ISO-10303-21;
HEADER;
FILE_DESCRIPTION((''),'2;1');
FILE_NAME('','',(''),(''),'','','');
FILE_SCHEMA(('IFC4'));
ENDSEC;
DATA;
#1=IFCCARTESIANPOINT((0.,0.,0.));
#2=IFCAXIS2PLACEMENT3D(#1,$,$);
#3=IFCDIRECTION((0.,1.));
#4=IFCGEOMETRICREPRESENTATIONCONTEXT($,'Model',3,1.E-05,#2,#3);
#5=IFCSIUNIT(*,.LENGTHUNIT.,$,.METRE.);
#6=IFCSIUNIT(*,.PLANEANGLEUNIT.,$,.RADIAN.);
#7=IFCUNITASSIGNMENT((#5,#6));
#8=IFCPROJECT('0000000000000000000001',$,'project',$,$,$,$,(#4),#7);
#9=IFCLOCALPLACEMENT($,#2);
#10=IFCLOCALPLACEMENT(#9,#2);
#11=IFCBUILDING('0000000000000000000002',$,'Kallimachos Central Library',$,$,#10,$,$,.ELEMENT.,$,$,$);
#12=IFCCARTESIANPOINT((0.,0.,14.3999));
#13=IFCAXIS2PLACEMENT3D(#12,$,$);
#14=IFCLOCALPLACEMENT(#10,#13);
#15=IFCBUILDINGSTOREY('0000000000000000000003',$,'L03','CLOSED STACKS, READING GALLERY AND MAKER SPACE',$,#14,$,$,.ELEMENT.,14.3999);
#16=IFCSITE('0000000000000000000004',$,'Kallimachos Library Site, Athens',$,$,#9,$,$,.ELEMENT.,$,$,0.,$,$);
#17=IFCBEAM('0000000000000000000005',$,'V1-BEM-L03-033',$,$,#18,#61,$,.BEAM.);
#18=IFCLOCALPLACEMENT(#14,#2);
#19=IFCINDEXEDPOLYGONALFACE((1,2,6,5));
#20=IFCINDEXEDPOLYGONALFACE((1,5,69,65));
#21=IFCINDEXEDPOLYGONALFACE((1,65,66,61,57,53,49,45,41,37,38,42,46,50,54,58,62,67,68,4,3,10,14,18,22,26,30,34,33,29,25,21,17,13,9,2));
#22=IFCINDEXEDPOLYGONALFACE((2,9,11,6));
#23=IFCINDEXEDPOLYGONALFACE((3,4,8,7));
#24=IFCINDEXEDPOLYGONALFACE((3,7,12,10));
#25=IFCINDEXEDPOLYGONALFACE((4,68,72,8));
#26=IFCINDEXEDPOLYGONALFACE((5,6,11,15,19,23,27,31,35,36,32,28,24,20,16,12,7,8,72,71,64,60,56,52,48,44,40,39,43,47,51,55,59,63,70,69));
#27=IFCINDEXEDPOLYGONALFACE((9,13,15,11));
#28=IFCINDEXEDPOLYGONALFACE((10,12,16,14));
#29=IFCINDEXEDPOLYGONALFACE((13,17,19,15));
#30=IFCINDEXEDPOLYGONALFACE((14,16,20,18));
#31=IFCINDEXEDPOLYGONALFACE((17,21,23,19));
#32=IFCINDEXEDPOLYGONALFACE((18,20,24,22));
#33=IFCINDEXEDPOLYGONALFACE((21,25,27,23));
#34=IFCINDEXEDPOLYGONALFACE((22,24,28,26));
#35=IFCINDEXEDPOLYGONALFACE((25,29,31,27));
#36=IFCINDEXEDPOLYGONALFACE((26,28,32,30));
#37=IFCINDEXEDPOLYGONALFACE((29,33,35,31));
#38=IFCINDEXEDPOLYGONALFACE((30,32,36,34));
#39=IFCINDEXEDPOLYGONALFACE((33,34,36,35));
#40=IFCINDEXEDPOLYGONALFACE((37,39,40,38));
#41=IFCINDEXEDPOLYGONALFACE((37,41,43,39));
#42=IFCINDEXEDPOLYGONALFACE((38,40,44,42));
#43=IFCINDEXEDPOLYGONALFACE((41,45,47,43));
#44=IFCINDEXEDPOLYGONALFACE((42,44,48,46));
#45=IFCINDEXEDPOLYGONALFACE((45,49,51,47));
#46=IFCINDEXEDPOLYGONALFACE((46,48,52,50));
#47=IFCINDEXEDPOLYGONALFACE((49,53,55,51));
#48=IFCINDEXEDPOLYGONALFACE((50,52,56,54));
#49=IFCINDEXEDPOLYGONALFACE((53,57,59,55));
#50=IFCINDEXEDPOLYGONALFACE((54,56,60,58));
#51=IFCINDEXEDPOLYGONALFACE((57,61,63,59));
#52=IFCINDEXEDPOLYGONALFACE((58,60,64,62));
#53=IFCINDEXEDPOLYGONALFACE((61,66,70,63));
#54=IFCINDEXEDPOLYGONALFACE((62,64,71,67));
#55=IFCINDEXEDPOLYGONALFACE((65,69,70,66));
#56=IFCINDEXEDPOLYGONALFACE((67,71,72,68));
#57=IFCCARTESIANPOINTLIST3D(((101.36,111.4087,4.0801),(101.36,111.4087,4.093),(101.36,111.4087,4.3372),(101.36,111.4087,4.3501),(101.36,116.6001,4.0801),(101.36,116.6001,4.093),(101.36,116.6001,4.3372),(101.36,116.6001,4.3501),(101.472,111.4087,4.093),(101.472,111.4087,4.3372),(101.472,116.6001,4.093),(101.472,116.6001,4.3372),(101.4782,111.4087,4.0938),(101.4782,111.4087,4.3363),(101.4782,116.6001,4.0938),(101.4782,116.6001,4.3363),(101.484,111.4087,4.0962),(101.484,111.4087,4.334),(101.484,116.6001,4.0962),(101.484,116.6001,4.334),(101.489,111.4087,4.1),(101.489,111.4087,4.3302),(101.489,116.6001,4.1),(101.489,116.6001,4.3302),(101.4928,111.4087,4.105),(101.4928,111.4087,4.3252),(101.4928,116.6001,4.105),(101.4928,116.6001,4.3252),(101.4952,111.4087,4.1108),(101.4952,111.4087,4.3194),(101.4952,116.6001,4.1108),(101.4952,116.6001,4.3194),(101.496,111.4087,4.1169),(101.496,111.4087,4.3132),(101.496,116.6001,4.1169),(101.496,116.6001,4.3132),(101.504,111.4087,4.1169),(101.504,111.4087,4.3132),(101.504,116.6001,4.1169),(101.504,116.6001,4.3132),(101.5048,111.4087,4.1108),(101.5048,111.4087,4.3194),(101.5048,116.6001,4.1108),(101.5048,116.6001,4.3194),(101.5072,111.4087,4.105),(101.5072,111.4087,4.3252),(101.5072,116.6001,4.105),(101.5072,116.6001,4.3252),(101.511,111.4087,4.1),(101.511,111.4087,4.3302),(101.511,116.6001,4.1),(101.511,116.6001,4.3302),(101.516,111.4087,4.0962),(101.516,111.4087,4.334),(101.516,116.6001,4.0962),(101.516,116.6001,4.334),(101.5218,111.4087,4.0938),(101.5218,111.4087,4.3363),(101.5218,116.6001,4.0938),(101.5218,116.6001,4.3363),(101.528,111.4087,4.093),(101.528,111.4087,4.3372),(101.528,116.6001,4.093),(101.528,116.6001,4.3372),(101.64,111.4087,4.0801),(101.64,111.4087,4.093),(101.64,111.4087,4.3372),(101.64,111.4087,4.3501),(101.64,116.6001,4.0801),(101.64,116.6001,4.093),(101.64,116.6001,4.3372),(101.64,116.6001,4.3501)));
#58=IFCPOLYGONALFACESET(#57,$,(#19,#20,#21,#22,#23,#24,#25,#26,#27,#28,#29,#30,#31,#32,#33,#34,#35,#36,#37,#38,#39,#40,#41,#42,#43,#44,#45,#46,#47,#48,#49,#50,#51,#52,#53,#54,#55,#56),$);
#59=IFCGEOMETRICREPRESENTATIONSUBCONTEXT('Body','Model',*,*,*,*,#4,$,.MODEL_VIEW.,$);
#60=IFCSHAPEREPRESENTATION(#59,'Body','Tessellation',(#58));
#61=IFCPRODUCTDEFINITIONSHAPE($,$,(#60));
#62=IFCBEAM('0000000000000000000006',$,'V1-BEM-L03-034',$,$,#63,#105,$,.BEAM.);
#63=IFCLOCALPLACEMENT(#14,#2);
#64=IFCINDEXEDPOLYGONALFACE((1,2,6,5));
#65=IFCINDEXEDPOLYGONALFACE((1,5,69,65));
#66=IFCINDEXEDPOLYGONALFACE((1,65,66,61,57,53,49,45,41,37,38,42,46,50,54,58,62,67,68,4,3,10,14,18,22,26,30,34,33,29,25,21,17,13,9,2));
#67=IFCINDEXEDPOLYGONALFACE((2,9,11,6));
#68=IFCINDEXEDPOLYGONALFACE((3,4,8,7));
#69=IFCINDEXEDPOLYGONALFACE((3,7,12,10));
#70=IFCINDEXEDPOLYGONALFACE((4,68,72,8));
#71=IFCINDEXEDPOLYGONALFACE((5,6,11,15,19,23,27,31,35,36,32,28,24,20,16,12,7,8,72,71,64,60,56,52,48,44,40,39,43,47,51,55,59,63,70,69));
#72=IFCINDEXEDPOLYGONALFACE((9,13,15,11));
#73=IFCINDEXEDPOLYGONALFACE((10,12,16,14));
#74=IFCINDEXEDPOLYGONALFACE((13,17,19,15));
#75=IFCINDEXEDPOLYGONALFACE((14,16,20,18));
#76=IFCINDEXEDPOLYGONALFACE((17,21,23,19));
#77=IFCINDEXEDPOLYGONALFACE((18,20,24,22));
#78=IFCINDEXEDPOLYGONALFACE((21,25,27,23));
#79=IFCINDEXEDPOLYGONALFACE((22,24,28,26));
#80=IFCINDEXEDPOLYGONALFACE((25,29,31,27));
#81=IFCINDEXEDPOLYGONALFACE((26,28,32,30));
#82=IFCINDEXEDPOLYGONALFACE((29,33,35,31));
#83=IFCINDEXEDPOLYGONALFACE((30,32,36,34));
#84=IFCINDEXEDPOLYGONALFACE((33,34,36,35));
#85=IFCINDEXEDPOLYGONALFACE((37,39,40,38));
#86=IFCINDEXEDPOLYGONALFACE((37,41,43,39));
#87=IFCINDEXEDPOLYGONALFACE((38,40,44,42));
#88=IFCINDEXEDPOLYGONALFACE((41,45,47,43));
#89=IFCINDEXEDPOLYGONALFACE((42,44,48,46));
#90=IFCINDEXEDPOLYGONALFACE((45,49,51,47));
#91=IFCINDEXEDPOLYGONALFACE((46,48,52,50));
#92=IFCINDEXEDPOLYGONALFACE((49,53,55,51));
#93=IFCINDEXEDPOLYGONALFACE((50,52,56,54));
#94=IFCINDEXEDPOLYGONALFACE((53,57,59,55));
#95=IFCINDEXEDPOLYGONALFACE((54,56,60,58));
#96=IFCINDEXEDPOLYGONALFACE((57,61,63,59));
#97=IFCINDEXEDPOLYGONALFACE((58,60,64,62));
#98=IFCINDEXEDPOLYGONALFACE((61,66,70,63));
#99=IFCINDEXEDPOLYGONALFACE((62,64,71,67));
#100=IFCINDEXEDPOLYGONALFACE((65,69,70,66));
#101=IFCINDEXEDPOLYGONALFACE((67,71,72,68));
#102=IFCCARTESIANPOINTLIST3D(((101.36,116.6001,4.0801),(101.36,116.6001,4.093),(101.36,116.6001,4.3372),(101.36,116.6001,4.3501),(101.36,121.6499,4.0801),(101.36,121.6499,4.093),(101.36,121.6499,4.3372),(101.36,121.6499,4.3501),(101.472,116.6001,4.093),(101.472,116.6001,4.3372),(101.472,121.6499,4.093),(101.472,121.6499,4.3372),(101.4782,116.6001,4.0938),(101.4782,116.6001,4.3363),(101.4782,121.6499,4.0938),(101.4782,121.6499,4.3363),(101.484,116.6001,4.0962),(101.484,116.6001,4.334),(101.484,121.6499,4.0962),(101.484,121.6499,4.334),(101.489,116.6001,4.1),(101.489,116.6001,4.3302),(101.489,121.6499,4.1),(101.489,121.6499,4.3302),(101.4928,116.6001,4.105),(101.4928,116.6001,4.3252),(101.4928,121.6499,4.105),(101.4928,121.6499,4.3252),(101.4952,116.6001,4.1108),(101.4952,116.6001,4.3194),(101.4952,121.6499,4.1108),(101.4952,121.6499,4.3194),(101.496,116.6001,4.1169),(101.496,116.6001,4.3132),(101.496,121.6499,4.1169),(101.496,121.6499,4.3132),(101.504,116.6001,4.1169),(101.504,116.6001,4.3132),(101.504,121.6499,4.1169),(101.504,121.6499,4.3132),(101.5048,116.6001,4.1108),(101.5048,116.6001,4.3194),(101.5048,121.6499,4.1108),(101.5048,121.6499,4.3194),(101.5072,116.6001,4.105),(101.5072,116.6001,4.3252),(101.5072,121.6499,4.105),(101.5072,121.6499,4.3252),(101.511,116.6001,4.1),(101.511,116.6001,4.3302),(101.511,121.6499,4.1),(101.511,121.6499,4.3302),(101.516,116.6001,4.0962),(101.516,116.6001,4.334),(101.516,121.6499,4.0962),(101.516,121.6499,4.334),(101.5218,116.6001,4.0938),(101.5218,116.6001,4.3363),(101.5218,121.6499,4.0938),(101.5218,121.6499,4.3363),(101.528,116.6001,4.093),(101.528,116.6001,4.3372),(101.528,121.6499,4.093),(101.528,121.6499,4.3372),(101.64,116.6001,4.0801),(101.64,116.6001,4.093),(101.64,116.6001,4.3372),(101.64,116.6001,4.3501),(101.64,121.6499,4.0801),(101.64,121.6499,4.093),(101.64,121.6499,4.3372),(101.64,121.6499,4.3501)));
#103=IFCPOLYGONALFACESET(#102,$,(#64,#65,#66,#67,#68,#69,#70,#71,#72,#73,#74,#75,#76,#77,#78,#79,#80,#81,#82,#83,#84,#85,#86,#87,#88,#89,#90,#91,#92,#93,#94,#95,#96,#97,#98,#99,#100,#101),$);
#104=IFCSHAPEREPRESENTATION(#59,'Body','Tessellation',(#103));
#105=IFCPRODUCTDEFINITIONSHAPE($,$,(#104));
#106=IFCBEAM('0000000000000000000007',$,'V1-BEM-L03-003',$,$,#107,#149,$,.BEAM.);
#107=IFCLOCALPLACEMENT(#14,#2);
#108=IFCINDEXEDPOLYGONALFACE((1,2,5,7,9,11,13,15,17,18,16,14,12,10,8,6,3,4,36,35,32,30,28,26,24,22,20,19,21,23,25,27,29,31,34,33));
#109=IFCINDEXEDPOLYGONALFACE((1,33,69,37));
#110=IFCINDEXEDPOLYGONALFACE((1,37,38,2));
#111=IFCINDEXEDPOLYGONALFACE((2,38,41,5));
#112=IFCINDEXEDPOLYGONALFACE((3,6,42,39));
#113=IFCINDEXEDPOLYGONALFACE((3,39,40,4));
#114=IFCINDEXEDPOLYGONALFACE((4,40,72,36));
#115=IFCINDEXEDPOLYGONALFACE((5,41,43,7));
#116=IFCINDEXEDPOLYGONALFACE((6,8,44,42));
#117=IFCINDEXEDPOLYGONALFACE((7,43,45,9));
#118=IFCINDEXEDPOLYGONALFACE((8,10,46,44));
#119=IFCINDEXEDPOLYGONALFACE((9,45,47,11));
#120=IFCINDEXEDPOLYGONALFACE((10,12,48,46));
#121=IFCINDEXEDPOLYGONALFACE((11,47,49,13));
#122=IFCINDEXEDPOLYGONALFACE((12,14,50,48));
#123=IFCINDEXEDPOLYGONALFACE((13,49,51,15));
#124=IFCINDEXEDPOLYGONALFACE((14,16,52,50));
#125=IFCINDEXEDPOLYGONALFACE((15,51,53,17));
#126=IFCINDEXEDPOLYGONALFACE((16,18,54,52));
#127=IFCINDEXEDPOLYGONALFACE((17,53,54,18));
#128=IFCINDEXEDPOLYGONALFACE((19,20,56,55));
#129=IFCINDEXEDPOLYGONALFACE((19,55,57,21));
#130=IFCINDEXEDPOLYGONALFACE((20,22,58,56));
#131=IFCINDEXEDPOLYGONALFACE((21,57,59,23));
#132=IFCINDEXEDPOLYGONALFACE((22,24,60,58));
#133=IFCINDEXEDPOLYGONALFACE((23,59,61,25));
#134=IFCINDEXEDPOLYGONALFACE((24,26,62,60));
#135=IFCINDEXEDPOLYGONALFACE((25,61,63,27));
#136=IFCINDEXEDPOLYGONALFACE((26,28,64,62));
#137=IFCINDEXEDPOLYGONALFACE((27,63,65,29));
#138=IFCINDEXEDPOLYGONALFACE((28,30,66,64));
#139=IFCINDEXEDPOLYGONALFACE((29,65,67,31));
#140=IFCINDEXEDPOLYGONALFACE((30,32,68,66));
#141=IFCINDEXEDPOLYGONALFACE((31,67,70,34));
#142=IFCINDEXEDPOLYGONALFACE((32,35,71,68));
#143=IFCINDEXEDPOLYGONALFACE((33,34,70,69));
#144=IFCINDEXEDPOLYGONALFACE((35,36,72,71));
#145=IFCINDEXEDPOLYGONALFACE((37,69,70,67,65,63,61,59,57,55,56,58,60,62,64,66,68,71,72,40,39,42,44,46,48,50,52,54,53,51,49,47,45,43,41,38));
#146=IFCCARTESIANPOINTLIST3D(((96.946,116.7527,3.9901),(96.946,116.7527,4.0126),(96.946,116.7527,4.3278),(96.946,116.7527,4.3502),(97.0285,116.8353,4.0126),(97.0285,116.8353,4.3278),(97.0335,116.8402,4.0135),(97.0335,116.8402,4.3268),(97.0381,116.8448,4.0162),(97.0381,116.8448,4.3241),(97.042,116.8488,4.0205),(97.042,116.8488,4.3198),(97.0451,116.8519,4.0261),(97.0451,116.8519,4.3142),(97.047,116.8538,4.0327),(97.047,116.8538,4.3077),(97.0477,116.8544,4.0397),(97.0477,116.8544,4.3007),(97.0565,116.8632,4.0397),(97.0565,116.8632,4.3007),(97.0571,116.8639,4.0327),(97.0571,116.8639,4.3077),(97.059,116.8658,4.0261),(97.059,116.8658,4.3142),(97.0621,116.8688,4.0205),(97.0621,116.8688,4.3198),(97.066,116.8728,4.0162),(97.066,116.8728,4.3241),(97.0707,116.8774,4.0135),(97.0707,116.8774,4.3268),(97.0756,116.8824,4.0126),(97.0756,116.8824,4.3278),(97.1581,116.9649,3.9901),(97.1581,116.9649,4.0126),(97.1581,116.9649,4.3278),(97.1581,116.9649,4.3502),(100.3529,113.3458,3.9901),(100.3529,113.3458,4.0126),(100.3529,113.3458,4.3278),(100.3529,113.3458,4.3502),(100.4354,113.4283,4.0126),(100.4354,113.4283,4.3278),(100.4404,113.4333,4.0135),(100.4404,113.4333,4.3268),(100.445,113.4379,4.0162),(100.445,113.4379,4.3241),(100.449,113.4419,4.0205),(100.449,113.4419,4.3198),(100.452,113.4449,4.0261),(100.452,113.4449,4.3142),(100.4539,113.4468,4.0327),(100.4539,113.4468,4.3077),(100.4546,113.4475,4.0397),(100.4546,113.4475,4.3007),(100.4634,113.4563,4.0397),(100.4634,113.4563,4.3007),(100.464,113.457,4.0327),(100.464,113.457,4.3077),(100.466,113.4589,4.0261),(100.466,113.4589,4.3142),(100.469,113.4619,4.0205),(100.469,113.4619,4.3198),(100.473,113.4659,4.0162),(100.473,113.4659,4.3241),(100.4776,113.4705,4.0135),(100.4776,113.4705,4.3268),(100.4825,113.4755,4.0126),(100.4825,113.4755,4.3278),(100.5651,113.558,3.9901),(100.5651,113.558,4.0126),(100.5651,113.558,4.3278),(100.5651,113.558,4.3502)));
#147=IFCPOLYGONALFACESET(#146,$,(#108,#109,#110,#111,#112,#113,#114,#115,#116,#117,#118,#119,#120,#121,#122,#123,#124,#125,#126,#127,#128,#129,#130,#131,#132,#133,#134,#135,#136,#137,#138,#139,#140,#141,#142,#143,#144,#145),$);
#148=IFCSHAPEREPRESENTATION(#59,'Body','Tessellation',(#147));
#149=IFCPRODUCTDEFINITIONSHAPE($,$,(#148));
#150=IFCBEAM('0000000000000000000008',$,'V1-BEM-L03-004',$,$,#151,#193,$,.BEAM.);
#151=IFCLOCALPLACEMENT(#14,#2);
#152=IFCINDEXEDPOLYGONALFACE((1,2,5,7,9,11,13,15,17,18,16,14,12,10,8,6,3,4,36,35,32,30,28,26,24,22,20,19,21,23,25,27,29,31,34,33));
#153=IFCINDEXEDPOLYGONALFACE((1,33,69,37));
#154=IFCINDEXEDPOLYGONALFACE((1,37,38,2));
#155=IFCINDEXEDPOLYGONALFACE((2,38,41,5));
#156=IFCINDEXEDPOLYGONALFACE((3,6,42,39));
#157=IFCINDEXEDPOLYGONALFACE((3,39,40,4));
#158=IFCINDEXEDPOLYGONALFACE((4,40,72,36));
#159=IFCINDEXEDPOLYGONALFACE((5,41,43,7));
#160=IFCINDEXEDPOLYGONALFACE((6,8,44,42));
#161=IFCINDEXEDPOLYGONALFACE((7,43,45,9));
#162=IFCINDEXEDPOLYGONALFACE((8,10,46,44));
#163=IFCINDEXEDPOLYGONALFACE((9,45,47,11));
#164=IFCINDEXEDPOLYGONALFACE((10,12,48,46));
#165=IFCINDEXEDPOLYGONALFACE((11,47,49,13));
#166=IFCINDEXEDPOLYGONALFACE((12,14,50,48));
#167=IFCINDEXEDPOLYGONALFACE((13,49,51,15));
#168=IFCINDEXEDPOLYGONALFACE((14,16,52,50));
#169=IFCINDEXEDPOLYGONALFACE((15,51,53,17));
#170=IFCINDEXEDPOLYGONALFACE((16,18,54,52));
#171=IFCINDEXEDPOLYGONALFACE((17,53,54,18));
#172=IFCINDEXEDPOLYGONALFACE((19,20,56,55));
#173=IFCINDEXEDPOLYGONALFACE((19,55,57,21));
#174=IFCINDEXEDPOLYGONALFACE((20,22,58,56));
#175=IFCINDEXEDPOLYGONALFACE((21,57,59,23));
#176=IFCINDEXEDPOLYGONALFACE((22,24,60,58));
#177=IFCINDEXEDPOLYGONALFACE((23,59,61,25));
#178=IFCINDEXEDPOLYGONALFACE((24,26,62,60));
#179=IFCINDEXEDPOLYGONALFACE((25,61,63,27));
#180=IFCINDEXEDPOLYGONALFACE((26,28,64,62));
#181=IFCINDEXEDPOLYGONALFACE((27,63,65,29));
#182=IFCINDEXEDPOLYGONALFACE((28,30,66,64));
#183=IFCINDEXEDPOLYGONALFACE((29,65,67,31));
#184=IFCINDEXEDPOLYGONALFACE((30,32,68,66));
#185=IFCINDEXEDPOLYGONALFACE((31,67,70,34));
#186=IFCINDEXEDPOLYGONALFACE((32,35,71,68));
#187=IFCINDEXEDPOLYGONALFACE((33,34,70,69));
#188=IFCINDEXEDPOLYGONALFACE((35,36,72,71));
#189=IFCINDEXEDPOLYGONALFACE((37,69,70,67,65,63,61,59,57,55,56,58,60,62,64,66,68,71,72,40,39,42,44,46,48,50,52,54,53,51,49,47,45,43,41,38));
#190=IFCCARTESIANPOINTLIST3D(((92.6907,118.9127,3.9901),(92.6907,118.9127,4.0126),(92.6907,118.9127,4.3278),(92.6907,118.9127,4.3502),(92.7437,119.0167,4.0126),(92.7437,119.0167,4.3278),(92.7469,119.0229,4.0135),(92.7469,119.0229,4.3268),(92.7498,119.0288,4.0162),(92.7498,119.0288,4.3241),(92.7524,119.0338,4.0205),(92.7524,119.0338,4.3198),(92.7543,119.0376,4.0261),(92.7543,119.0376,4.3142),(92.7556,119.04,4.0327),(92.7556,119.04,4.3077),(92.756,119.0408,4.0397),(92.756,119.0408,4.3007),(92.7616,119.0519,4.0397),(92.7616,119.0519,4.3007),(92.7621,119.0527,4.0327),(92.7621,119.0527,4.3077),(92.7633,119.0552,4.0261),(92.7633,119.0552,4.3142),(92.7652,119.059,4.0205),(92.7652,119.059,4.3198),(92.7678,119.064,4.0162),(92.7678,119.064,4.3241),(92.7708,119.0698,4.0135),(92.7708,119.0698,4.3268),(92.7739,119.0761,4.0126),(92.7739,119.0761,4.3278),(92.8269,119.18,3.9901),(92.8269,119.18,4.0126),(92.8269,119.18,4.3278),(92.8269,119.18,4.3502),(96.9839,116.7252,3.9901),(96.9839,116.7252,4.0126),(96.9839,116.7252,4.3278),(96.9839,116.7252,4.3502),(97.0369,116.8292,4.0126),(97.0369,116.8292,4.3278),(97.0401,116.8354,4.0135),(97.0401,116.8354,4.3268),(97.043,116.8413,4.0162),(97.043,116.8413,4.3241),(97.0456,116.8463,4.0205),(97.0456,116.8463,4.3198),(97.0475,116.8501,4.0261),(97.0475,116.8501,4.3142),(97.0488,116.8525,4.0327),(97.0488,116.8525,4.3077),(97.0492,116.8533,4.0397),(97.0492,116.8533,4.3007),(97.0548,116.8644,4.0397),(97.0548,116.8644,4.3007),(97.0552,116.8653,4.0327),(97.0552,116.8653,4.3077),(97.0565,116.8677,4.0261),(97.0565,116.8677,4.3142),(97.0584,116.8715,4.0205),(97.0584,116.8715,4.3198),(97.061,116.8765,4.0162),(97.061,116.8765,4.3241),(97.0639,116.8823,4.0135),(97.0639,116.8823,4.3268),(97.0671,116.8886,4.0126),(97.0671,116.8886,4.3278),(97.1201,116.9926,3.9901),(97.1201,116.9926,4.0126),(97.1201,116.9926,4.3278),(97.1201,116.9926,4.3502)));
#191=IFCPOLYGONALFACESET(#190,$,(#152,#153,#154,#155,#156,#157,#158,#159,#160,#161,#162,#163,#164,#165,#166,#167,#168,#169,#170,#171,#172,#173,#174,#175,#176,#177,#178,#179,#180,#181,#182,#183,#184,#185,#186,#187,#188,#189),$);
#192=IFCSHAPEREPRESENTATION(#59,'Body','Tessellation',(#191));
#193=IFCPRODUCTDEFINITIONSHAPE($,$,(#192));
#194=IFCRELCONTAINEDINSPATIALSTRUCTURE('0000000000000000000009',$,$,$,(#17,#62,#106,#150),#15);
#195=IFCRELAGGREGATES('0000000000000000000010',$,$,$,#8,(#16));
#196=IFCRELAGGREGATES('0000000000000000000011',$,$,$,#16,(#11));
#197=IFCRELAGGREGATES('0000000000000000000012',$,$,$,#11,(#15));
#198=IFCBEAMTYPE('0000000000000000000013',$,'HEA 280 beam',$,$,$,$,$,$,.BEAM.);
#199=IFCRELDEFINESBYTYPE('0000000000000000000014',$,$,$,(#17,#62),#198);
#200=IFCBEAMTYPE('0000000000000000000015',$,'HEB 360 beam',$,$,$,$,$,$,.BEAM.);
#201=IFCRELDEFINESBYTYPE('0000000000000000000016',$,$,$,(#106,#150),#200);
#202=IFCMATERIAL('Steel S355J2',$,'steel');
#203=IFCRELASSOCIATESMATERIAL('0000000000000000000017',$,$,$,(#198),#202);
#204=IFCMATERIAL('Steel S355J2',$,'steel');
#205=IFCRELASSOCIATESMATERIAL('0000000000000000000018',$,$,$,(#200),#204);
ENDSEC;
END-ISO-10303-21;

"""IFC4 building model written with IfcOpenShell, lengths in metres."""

from ifc_helpers import new_model, si_unit, direction, frame, origin, origin_2d, place, context, subcontext, project, spatial, i_section, extrude, material, material_profile, profile_set, type_object, element, save


model = new_model("IFC4")

# Units and contexts
model_context = context("Model", 3, precision=1e-05, world=origin(), true_north=direction((0.0, 1.0)))
body_context = subcontext(model_context, "Body", "Model", "MODEL_VIEW")
ifc_project = project(units=[si_unit("LENGTHUNIT", "METRE"), si_unit("PLANEANGLEUNIT", "RADIAN")], contexts=[model_context])

# Site, building, storey
site_placement = place(None, origin())
site = spatial("IfcSite", under=ifc_project, at=site_placement, Name="Kallimachos Library Site, Athens", CompositionType="ELEMENT", RefElevation=0.0)
building_placement = place(site_placement, origin())
building = spatial("IfcBuilding", under=site, at=building_placement, Name="Kallimachos Central Library", CompositionType="ELEMENT")
storey_placement = place(building_placement, frame((0.0, 0.0, 14.3999)))
storey = spatial("IfcBuildingStorey", under=building, at=storey_placement, Name="L03", Description="CLOSED STACKS, READING GALLERY AND MAKER SPACE", CompositionType="ELEMENT", Elevation=14.3999)

# Beams
ifc_material_1 = material(Name="Steel S355J2", Category="steel")
ifc_material_profile_1 = material_profile(ifc_material_1, i_section(OverallWidth=0.28, OverallDepth=0.27, WebThickness=0.0081, FlangeThickness=0.0129, FilletRadius=0.0239, at=origin_2d()), Name="HEA 280")
ifc_profile_set_1 = profile_set([ifc_material_profile_1], Name="Steel S355J2")
beam_type_1 = type_object("IfcBeamType", Name="HEA 280 beam", PredefinedType="BEAM", material=ifc_profile_set_1)
beam_1_placement = place(storey_placement, frame((101.5, 111.4087, 4.2151), z_axis=(0.0, 1.0, 0.0), x_axis=(-1.0, 0.0, 0.0)))
element("IfcBeam", 1, at=beam_1_placement, inside=storey, type_object=beam_type_1, Name="V1-BEM-L03-033", PredefinedType="BEAM", context=body_context, shape_type="SweptSolid", body=[
    extrude(i_section(OverallWidth=0.28, OverallDepth=0.27, WebThickness=0.0081, FlangeThickness=0.0129, FilletRadius=0.0239, at=origin_2d()), origin(), (0.0, 0.0, 1.0), 5.1914),
])
beam_2_placement = place(storey_placement, frame((101.5, 116.6001, 4.2151), z_axis=(0.0, 1.0, 0.0), x_axis=(-1.0, 0.0, 0.0)))
element("IfcBeam", 2, at=beam_2_placement, inside=storey, type_object=beam_type_1, Name="V1-BEM-L03-034", PredefinedType="BEAM", context=body_context, shape_type="SweptSolid", body=[
    extrude(i_section(OverallWidth=0.28, OverallDepth=0.27, WebThickness=0.0081, FlangeThickness=0.0129, FilletRadius=0.0239, at=origin_2d()), origin(), (0.0, 0.0, 1.0), 5.0498),
])
ifc_material_2 = material(Name="Steel S355J2", Category="steel")
ifc_material_profile_2 = material_profile(ifc_material_2, i_section(OverallWidth=0.3, OverallDepth=0.3601, WebThickness=0.0125, FlangeThickness=0.0225, FilletRadius=0.0271, at=origin_2d()), Name="HEB 360")
ifc_profile_set_2 = profile_set([ifc_material_profile_2], Name="Steel S355J2")
beam_type_2 = type_object("IfcBeamType", Name="HEB 360 beam", PredefinedType="BEAM", material=ifc_profile_set_2)
beam_3_placement = place(storey_placement, frame((100.459, 113.4519, 4.1702), z_axis=(-0.707107, 0.707107, 0.0), x_axis=(-0.707107, -0.707107, 0.0)))
element("IfcBeam", 3, at=beam_3_placement, inside=storey, type_object=beam_type_2, Name="V1-BEM-L03-003", PredefinedType="BEAM", context=body_context, shape_type="SweptSolid", body=[
    extrude(i_section(OverallWidth=0.3, OverallDepth=0.3601, WebThickness=0.0125, FlangeThickness=0.0225, FilletRadius=0.0271, at=origin_2d()), origin(), (0.0, 0.0, 1.0), 4.8181),
])
beam_4_placement = place(storey_placement, frame((97.052, 116.8589, 4.1702), z_axis=(-0.891007, 0.45399, 0.0), x_axis=(-0.45399, -0.891007, 0.0)))
element("IfcBeam", 4, at=beam_4_placement, inside=storey, type_object=beam_type_2, Name="V1-BEM-L03-004", PredefinedType="BEAM", context=body_context, shape_type="SweptSolid", body=[
    extrude(i_section(OverallWidth=0.3, OverallDepth=0.3601, WebThickness=0.0125, FlangeThickness=0.0225, FilletRadius=0.0271, at=origin_2d()), origin(), (0.0, 0.0, 1.0), 4.8184),
])

save(model, "model.ifc")
